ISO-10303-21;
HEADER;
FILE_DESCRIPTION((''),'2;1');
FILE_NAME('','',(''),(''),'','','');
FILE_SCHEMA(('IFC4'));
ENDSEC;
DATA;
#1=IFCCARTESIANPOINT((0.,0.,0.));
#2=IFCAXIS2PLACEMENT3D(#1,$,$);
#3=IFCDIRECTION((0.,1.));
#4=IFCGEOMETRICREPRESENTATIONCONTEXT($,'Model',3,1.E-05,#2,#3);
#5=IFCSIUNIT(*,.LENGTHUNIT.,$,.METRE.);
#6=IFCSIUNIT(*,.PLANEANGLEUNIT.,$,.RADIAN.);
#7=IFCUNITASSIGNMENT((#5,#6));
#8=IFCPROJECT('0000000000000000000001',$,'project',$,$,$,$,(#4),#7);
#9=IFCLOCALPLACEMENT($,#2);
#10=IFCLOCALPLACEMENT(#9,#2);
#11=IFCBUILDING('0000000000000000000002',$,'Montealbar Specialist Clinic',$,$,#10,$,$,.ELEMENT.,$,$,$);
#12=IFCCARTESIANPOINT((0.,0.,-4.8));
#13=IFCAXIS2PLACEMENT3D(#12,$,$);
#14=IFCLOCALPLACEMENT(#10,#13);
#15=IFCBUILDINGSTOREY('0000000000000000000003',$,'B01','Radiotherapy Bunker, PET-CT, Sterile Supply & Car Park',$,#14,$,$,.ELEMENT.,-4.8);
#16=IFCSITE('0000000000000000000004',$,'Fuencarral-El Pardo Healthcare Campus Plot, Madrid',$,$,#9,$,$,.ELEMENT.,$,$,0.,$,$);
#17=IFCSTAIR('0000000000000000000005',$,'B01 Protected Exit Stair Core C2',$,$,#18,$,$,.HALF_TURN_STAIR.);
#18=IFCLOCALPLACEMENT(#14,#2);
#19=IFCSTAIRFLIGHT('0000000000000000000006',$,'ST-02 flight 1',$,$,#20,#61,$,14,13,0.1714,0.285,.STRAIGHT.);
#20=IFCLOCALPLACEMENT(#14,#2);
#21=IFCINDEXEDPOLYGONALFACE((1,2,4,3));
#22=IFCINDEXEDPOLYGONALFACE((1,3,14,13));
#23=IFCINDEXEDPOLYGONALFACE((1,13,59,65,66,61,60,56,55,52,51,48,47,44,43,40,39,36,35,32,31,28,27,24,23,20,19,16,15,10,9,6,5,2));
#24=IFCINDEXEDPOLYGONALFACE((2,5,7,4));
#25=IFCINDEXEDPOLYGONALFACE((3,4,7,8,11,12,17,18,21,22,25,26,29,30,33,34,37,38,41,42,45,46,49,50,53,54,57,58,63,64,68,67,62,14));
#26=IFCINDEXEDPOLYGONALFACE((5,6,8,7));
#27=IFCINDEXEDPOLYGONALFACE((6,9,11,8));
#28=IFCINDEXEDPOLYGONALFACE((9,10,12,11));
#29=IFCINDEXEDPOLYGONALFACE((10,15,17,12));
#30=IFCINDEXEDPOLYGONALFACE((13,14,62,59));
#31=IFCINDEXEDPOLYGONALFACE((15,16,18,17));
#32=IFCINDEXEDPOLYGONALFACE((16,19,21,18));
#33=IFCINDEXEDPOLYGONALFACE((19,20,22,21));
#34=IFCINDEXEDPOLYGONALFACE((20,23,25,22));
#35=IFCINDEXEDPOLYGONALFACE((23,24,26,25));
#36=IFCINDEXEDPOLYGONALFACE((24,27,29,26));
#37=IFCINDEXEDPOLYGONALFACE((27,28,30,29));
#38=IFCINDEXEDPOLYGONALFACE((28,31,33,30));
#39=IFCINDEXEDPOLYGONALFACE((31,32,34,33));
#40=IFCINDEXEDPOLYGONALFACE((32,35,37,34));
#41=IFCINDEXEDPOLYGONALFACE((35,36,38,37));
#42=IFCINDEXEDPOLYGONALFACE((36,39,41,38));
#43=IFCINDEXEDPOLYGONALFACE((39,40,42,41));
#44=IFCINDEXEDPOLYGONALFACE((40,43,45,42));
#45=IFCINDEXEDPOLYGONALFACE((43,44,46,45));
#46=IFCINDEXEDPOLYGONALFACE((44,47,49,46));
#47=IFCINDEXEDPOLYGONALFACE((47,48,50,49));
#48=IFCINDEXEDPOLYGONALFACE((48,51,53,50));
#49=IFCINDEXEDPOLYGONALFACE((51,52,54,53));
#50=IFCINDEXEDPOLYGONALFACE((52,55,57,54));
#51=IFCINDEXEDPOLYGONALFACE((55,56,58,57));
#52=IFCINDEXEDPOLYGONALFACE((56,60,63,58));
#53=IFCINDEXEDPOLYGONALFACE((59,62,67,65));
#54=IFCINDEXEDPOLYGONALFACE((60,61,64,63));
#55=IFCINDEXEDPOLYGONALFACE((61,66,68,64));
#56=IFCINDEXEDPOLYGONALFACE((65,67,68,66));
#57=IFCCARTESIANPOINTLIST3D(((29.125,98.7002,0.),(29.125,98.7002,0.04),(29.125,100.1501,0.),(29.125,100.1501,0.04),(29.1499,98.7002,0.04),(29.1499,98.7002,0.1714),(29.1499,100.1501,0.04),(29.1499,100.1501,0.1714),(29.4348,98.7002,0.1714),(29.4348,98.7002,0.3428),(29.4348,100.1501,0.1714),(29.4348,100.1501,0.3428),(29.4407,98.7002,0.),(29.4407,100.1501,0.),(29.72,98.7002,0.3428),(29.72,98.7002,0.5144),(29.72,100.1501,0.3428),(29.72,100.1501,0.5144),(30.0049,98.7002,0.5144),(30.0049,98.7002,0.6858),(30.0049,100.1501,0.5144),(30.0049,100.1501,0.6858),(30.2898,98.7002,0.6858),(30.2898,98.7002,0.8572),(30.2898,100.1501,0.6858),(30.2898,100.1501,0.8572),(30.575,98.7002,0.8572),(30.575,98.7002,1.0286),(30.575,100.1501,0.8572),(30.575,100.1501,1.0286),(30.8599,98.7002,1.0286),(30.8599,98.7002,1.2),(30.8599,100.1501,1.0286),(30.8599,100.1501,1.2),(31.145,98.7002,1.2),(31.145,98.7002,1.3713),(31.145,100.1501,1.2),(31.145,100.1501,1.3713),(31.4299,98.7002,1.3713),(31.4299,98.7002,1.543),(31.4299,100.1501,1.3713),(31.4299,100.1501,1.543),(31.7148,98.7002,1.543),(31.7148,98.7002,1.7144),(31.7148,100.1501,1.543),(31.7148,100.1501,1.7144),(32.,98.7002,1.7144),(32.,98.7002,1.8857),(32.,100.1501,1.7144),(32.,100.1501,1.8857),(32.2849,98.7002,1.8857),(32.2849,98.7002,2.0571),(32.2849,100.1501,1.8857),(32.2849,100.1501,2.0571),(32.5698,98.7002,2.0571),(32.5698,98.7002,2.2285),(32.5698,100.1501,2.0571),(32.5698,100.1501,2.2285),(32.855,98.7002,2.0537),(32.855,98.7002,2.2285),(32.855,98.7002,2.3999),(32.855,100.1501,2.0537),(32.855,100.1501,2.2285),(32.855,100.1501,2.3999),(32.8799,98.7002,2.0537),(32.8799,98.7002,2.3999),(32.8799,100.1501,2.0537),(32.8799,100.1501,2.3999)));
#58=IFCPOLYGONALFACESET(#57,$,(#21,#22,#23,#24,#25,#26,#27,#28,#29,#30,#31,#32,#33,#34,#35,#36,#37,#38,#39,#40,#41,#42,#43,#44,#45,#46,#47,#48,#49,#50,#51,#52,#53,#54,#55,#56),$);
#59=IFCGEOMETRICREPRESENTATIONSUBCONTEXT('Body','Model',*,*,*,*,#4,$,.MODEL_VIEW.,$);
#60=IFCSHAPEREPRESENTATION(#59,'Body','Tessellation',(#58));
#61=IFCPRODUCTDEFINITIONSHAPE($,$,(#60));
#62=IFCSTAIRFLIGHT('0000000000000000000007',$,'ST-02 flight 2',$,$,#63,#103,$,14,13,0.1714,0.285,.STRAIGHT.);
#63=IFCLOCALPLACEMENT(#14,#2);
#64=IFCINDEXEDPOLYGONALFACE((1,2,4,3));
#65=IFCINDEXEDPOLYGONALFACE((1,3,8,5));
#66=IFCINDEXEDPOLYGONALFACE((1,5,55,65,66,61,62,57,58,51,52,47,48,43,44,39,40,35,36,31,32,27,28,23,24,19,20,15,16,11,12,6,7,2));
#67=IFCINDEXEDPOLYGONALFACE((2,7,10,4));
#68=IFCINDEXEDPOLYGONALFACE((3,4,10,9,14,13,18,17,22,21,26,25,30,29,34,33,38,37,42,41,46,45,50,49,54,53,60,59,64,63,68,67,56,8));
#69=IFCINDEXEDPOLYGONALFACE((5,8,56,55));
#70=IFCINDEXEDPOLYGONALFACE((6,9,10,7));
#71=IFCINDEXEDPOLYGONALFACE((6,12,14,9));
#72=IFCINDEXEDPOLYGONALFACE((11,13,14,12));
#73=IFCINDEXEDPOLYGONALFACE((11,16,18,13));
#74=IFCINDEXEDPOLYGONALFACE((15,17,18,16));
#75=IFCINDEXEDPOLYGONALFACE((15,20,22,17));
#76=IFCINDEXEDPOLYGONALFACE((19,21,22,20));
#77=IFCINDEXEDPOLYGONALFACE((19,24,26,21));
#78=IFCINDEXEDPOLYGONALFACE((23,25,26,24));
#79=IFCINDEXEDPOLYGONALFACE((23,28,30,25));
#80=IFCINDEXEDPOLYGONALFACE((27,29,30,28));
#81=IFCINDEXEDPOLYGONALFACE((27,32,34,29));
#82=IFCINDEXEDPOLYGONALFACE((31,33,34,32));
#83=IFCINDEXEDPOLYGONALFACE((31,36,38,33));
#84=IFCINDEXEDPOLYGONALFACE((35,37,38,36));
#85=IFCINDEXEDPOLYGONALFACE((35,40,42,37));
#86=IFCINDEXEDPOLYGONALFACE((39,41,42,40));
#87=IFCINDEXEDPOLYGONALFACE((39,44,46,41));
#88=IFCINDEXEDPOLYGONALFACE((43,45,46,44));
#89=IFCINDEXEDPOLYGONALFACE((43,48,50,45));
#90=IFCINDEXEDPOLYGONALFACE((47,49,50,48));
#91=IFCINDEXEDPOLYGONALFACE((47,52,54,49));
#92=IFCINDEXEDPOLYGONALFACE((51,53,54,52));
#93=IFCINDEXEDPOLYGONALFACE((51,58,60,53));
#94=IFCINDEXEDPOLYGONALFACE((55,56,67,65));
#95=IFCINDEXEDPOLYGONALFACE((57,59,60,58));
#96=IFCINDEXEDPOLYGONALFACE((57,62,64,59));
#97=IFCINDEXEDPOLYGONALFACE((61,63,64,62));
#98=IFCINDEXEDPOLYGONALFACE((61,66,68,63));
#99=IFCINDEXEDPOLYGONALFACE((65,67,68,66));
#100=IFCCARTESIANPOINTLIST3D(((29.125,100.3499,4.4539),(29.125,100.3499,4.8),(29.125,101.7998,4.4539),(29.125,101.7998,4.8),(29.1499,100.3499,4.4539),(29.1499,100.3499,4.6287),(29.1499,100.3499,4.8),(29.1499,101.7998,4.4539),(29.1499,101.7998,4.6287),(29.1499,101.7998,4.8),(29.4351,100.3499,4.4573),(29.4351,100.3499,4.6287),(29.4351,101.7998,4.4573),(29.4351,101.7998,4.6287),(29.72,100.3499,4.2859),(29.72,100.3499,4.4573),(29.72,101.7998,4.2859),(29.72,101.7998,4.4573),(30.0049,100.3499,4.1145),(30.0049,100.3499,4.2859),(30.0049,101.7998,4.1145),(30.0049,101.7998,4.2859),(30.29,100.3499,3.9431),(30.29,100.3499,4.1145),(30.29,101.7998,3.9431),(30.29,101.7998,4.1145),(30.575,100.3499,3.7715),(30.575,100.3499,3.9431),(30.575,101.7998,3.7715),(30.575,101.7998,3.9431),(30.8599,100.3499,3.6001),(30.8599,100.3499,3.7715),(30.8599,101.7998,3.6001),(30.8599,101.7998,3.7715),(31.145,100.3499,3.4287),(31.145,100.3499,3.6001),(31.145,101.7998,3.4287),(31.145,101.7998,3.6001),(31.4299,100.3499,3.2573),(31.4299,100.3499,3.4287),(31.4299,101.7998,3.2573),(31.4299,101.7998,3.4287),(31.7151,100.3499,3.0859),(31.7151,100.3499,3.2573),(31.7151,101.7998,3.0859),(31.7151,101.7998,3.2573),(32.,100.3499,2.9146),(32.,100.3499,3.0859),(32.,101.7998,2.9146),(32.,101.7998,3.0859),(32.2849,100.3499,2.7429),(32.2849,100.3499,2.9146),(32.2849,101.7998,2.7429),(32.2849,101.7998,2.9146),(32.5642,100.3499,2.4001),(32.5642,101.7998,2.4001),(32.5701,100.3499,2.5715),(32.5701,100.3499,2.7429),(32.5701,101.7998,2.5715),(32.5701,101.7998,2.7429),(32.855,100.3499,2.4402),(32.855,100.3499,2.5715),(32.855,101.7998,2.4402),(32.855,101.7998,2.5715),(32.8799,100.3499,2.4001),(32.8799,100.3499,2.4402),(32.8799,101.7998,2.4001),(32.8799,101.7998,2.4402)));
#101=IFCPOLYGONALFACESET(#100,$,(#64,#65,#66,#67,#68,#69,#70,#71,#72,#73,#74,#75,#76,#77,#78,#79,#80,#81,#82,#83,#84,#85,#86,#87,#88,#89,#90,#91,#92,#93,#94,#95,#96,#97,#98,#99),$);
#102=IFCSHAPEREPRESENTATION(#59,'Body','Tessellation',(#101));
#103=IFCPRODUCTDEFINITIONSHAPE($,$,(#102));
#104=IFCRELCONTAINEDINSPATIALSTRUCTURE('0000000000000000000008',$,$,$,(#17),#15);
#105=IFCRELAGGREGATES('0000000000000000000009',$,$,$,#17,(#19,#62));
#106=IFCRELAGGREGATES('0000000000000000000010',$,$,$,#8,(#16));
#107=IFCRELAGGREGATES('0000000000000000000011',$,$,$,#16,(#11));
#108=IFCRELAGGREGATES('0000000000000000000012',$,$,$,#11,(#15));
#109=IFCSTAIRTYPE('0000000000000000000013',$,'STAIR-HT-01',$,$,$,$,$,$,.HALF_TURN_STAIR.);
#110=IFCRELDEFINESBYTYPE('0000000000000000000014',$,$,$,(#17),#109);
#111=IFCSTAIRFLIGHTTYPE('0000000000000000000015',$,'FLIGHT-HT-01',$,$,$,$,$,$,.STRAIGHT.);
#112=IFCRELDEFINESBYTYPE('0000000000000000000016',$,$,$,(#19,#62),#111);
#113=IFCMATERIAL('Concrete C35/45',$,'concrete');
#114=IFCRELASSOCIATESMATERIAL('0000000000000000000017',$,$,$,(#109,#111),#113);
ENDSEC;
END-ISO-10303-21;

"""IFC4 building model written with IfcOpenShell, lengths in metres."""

from ifc_helpers import new_model, si_unit, direction, frame, origin, place, context, subcontext, project, spatial, polyline, outline, extrude, material, type_object, element, aggregate, save


model = new_model("IFC4")

# Units and contexts
model_context = context("Model", 3, precision=1e-05, world=origin(), true_north=direction((0.0, 1.0)))
body_context = subcontext(model_context, "Body", "Model", "MODEL_VIEW")
ifc_project = project(units=[si_unit("LENGTHUNIT", "METRE"), si_unit("PLANEANGLEUNIT", "RADIAN")], contexts=[model_context])

# Site, building, storey
site_placement = place(None, origin())
site = spatial("IfcSite", under=ifc_project, at=site_placement, Name="Fuencarral-El Pardo Healthcare Campus Plot, Madrid", CompositionType="ELEMENT", RefElevation=0.0)
building_placement = place(site_placement, origin())
building = spatial("IfcBuilding", under=site, at=building_placement, Name="Montealbar Specialist Clinic", CompositionType="ELEMENT")
storey_placement = place(building_placement, frame((0.0, 0.0, -4.8)))
storey = spatial("IfcBuildingStorey", under=building, at=storey_placement, Name="B01", Description="Radiotherapy Bunker, PET-CT, Sterile Supply & Car Park", CompositionType="ELEMENT", Elevation=-4.8)

# Shared definitions
ifc_material_1 = material(Name="Concrete C35/45", Category="concrete")

# Stair, stair flights
stair_type = type_object("IfcStairType", Name="STAIR-HT-01", PredefinedType="HALF_TURN_STAIR", material=ifc_material_1)
stair_placement = place(storey_placement, origin())
stair = element("IfcStair", 1, at=stair_placement, inside=storey, type_object=stair_type, Name="B01 Protected Exit Stair Core C2", PredefinedType="HALF_TURN_STAIR")
stair_flight_type = type_object("IfcStairFlightType", Name="FLIGHT-HT-01", PredefinedType="STRAIGHT", material=ifc_material_1)
stair_flight_1_placement = place(storey_placement, frame((29.1499, 99.425, 0.0), z_axis=(0.0, 0.0, 1.0), x_axis=(1.0, 0.0, 0.0)))
stair_flight_1 = element("IfcStairFlight", 2, at=stair_flight_1_placement, type_object=stair_flight_type, Name="ST-02 flight 1", NumberOfRisers=14, NumberOfTreads=13, PredefinedType="STRAIGHT", RiserHeight=0.1714, TreadLength=0.285, context=body_context, shape_type="SweptSolid", body=[
    extrude(outline(polyline([(-0.0249, 0.0), (-0.0249, 0.04), (0.0, 0.04), (0.0, 0.1714), (0.2849, 0.1714), (0.2849, 0.3428), (0.5701, 0.3428), (0.5701, 0.5144), (0.855, 0.5144), (0.855, 0.6858), (1.1399, 0.6858), (1.1399, 0.8572), (1.425, 0.8572), (1.425, 1.0286), (1.71, 1.0286), (1.71, 1.2), (1.9951, 1.2), (1.9951, 1.3713), (2.28, 1.3713), (2.28, 1.543), (2.5649, 1.543), (2.5649, 1.7144), (2.8501, 1.7144), (2.8501, 1.8857), (3.135, 1.8857), (3.135, 2.0571), (3.4199, 2.0571), (3.4199, 2.2285), (3.7051, 2.2285), (3.7051, 2.3999), (3.73, 2.3999), (3.73, 2.0537), (3.7051, 2.0537), (0.2908, 0.0), (-0.0249, 0.0)])), frame((0.0, 0.7251, 0.0), z_axis=(0.0, -1.0, 0.0), x_axis=(1.0, 0.0, 0.0)), (0.0, 0.0, 1.0), 1.45),
])
stair_flight_2_placement = place(storey_placement, frame((32.855, 101.075, 2.4001), z_axis=(0.0, 0.0, 1.0), x_axis=(-1.0, 0.0, 0.0)))
stair_flight_2 = element("IfcStairFlight", 3, at=stair_flight_2_placement, type_object=stair_flight_type, Name="ST-02 flight 2", NumberOfRisers=14, NumberOfTreads=13, PredefinedType="STRAIGHT", RiserHeight=0.1714, TreadLength=0.285, context=body_context, shape_type="SweptSolid", body=[
    extrude(outline(polyline([(-0.0249, 0.0), (-0.0249, 0.04), (0.0, 0.04), (0.0, 0.1714), (0.2849, 0.1714), (0.2849, 0.3428), (0.5701, 0.3428), (0.5701, 0.5144), (0.855, 0.5144), (0.855, 0.6858), (1.1399, 0.6858), (1.1399, 0.8572), (1.425, 0.8572), (1.425, 1.0286), (1.71, 1.0286), (1.71, 1.2), (1.9951, 1.2), (1.9951, 1.3713), (2.28, 1.3713), (2.28, 1.543), (2.5649, 1.543), (2.5649, 1.7144), (2.8501, 1.7144), (2.8501, 1.8857), (3.135, 1.8857), (3.135, 2.0571), (3.4199, 2.0571), (3.4199, 2.2285), (3.7051, 2.2285), (3.7051, 2.3999), (3.73, 2.3999), (3.73, 2.0537), (3.7051, 2.0537), (0.2908, 0.0), (-0.0249, 0.0)])), frame((0.0, 0.7251, 0.0), z_axis=(0.0, -1.0, 0.0), x_axis=(1.0, 0.0, 0.0)), (0.0, 0.0, 1.0), 1.45),
])
aggregate(stair, [stair_flight_1, stair_flight_2])

save(model, "model.ifc")
